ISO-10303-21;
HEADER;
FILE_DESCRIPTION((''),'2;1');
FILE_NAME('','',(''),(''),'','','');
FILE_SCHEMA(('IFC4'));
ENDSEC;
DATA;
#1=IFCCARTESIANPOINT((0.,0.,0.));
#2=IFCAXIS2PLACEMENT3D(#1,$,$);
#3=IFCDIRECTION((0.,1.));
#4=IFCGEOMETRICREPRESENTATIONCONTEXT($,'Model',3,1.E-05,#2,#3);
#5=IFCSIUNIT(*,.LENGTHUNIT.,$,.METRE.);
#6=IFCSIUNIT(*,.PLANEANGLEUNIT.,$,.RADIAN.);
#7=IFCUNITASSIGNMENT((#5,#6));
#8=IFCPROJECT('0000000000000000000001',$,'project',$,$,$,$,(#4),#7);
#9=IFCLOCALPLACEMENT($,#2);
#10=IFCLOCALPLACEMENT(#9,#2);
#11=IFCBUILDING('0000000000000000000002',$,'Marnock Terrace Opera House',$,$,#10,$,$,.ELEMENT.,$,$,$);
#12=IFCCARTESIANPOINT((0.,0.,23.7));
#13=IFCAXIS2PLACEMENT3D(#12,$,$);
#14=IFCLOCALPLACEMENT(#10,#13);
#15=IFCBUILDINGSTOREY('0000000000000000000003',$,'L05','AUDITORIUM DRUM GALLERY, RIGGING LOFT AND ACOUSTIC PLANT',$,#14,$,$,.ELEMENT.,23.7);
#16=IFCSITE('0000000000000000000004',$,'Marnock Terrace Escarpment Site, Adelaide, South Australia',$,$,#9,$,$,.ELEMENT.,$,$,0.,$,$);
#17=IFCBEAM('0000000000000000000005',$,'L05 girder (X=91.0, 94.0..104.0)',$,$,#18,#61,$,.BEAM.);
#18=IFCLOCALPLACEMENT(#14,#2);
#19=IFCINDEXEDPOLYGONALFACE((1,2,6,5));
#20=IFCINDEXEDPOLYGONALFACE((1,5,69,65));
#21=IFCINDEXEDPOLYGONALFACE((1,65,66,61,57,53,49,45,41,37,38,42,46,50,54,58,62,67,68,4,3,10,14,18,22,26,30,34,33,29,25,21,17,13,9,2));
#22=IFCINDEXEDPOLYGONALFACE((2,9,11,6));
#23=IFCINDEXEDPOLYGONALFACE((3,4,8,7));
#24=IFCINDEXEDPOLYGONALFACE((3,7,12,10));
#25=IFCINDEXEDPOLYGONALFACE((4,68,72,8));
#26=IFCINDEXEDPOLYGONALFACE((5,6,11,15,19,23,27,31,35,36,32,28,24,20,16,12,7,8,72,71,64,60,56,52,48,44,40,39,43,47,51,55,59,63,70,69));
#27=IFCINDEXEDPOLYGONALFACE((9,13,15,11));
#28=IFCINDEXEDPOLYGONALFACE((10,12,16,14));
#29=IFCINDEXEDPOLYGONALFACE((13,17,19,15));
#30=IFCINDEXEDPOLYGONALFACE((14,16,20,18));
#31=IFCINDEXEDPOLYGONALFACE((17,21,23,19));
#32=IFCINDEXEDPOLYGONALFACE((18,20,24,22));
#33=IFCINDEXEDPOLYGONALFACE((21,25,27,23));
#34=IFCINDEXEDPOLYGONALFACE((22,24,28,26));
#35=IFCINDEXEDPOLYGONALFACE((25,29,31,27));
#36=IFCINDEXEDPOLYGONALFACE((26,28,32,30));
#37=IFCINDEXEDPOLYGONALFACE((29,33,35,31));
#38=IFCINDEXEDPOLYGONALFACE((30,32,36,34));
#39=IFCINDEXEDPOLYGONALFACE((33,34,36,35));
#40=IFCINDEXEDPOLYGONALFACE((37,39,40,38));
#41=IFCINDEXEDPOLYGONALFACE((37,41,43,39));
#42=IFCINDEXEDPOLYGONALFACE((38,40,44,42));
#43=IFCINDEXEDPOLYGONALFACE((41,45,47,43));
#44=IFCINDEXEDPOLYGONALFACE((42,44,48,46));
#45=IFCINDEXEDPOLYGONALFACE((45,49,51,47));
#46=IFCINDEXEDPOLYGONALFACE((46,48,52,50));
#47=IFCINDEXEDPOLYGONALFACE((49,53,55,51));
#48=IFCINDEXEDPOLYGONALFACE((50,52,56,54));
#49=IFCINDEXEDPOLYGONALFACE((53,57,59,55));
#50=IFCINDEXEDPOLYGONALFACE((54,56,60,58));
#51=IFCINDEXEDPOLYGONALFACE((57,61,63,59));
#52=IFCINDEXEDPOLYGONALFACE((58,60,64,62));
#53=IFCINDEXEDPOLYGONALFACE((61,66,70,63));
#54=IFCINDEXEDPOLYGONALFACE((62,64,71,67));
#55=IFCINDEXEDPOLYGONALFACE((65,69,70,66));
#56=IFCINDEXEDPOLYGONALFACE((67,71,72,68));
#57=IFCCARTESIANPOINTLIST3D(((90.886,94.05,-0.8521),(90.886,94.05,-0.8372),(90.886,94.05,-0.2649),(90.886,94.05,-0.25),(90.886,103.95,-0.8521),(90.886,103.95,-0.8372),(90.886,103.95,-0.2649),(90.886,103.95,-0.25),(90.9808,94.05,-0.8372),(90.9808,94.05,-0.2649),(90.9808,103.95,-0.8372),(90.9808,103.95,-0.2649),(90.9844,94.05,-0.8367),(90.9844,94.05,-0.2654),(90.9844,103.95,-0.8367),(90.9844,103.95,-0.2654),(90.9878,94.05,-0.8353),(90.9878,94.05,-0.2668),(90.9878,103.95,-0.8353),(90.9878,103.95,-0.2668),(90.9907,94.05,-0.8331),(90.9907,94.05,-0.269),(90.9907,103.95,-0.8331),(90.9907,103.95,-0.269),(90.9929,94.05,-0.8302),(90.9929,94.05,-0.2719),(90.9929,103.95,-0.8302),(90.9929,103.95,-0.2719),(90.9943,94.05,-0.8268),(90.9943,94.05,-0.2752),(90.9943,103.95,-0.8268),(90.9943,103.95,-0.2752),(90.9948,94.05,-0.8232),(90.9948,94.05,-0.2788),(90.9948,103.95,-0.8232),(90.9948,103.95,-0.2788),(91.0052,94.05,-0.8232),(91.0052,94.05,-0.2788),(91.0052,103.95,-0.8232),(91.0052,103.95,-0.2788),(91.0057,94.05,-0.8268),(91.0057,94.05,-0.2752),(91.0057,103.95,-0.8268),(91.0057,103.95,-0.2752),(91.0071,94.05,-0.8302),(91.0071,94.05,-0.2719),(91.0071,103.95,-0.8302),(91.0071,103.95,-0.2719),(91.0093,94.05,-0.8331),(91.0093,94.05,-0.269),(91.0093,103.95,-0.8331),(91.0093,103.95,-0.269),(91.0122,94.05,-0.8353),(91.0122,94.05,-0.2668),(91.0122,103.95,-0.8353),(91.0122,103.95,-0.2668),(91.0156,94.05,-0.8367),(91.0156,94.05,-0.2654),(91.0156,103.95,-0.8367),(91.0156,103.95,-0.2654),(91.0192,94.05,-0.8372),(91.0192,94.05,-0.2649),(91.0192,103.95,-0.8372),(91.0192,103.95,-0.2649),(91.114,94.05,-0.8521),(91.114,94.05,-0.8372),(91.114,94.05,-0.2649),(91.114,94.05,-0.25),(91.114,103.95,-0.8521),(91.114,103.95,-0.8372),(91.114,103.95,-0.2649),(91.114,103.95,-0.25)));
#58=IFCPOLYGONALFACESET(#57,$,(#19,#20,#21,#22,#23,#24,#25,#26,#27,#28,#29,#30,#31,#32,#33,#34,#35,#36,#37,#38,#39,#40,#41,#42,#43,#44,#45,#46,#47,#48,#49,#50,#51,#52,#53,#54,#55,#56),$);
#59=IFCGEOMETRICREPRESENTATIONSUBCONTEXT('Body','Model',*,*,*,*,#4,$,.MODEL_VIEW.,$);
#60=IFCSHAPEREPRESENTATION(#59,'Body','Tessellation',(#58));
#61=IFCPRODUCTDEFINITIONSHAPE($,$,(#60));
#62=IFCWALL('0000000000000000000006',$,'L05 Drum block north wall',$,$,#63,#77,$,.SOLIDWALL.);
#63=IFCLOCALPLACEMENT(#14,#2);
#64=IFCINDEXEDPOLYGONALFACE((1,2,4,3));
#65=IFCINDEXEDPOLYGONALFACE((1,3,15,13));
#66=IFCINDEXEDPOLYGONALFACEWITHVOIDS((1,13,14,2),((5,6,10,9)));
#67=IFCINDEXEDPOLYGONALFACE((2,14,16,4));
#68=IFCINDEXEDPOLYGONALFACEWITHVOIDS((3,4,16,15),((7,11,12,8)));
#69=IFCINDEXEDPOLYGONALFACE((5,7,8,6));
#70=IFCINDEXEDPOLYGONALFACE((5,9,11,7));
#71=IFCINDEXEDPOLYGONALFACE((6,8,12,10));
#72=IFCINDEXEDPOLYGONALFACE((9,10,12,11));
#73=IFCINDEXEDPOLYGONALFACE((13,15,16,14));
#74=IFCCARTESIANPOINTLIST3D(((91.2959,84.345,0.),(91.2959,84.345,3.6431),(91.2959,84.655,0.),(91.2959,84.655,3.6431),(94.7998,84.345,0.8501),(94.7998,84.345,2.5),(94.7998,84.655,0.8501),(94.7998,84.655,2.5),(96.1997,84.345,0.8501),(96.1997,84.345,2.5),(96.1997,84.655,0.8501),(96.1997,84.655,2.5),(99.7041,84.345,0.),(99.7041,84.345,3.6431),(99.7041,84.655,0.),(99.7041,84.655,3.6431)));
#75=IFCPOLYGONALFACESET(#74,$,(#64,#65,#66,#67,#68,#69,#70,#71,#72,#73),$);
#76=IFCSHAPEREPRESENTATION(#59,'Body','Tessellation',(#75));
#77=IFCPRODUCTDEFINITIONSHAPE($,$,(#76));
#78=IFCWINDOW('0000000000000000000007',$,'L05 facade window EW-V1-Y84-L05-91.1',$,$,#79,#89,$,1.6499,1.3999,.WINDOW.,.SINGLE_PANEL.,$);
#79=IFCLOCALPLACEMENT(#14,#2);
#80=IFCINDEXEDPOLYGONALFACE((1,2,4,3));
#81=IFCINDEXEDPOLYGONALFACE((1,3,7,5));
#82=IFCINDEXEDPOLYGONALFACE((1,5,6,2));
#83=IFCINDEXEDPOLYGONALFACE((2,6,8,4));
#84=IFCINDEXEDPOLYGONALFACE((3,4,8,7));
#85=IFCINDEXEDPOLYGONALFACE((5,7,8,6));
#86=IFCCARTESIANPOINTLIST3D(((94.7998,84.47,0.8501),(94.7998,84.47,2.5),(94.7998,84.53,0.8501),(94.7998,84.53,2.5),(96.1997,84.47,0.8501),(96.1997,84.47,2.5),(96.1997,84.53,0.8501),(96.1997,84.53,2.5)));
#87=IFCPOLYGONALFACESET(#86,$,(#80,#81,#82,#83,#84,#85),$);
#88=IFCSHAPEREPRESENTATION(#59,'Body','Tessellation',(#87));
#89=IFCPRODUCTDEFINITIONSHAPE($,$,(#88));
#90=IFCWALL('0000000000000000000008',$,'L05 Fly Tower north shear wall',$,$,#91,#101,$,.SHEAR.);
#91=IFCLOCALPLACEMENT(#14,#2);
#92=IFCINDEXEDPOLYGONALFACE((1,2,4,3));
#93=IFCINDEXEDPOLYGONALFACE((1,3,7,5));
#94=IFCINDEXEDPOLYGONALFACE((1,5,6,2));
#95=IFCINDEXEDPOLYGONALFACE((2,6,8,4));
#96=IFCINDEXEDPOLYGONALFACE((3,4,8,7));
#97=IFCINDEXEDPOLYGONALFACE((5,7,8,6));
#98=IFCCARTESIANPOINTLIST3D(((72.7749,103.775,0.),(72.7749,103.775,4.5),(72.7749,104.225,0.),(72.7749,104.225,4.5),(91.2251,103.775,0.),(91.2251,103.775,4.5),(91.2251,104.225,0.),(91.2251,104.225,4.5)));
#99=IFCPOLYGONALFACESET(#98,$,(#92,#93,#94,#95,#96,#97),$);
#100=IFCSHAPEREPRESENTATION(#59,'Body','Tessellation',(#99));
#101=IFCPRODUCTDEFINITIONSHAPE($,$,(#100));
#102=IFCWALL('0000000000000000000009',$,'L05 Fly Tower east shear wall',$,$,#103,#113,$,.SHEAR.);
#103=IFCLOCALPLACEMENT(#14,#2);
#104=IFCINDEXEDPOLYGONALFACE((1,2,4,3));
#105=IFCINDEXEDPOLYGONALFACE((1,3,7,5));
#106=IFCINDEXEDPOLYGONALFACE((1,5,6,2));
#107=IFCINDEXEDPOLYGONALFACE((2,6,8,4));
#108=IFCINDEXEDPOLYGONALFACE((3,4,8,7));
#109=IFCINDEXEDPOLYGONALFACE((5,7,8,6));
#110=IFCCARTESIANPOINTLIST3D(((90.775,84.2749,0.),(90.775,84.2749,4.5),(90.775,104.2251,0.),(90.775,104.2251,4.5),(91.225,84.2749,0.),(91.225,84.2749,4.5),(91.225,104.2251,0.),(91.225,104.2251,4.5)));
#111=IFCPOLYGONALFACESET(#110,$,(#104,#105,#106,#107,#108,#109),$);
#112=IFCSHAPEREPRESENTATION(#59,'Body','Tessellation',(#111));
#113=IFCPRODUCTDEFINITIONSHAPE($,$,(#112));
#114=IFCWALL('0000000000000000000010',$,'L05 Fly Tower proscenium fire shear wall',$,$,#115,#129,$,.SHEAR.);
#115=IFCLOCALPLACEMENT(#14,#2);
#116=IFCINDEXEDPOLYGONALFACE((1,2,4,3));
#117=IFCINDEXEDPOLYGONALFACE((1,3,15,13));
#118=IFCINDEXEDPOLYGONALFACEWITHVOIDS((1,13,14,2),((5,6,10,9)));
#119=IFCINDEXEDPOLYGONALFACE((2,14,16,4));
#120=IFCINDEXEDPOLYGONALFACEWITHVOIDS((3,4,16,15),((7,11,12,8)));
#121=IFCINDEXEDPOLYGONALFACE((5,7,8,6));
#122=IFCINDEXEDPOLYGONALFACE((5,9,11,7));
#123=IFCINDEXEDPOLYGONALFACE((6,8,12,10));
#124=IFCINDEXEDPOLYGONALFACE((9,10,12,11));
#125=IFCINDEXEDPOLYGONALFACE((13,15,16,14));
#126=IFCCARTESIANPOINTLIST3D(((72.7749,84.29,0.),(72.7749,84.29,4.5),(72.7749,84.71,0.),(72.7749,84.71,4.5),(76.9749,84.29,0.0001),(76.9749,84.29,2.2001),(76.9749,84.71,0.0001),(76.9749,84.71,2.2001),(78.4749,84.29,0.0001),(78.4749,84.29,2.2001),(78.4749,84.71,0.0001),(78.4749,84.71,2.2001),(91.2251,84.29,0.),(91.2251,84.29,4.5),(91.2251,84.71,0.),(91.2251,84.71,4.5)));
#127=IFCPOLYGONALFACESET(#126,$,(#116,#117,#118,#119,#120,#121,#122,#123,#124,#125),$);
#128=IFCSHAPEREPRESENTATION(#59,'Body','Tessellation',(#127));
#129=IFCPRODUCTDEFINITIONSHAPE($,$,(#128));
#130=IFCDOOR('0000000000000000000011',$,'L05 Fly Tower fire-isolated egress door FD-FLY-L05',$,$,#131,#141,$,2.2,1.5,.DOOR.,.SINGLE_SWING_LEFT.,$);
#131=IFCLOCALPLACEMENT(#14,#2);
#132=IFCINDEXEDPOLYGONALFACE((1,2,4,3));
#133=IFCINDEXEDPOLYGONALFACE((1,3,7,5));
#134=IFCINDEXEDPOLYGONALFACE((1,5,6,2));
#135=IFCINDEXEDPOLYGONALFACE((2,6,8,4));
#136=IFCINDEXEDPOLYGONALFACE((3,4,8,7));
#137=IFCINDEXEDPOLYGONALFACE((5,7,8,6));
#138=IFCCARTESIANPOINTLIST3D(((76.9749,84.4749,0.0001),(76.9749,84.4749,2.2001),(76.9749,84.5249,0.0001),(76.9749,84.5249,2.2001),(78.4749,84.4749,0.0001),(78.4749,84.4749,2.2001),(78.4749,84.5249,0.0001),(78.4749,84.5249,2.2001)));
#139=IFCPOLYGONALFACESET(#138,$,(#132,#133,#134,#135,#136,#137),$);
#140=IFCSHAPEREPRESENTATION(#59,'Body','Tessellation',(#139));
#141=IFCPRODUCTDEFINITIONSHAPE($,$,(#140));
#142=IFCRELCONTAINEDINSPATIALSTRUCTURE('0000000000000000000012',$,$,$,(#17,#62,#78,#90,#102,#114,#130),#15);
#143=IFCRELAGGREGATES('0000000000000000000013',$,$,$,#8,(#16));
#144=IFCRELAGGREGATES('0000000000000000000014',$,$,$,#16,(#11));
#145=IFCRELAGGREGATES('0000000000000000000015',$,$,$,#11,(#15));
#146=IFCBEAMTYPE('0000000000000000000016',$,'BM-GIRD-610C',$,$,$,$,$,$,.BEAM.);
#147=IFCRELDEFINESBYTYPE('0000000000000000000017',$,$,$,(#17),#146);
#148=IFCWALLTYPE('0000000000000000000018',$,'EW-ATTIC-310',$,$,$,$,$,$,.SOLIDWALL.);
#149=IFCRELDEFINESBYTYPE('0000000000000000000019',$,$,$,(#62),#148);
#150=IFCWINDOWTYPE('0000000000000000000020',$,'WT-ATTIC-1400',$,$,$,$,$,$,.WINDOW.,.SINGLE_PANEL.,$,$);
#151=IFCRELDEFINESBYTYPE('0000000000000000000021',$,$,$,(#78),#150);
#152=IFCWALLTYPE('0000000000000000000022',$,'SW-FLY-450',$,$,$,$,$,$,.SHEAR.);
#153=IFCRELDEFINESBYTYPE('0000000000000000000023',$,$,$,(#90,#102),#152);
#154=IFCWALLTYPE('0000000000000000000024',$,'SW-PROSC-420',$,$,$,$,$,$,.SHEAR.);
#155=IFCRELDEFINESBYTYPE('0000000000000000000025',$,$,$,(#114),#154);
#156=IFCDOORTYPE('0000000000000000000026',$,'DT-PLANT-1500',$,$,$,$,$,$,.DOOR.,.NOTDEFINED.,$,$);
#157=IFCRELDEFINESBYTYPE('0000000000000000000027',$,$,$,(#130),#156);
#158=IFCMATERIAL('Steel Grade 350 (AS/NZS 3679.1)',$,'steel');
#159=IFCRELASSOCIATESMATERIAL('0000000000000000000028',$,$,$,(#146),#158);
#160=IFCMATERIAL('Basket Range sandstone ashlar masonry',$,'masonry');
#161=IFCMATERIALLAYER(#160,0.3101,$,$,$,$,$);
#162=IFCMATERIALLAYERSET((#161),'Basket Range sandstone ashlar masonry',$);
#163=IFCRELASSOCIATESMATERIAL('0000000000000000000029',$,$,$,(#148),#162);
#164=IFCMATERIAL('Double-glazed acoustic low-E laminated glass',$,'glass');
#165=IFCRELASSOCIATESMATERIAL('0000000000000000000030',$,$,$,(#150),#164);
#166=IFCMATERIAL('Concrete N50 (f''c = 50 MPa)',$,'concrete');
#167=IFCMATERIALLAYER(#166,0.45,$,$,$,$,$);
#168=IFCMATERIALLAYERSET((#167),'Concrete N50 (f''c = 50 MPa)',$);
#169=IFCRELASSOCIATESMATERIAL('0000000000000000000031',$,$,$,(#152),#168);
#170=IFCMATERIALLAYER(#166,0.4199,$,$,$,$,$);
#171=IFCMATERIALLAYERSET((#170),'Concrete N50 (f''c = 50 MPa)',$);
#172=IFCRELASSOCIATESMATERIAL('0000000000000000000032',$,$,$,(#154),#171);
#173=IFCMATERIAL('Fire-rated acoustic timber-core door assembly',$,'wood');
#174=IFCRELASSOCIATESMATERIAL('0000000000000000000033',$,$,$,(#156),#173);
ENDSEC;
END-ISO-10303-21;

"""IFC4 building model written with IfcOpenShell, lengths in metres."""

from ifc_helpers import new_model, si_unit, direction, frame, frame_2d, origin, origin_2d, place, context, subcontext, project, spatial, rectangle, i_section, extrude, material, layer, layer_set, material_profile, profile_set, type_object, element, fill, save


model = new_model("IFC4")

# Units and contexts
model_context = context("Model", 3, precision=1e-05, world=origin(), true_north=direction((0.0, 1.0)))
body_context = subcontext(model_context, "Body", "Model", "MODEL_VIEW")
ifc_project = project(units=[si_unit("LENGTHUNIT", "METRE"), si_unit("PLANEANGLEUNIT", "RADIAN")], contexts=[model_context])

# Site, building, storey
site_placement = place(None, origin())
site = spatial("IfcSite", under=ifc_project, at=site_placement, Name="Marnock Terrace Escarpment Site, Adelaide, South Australia", CompositionType="ELEMENT", RefElevation=0.0)
building_placement = place(site_placement, origin())
building = spatial("IfcBuilding", under=site, at=building_placement, Name="Marnock Terrace Opera House", CompositionType="ELEMENT")
storey_placement = place(building_placement, frame((0.0, 0.0, 23.7)))
storey = spatial("IfcBuildingStorey", under=building, at=storey_placement, Name="L05", Description="AUDITORIUM DRUM GALLERY, RIGGING LOFT AND ACOUSTIC PLANT", CompositionType="ELEMENT", Elevation=23.7)

# Beam
ifc_material_1 = material(Name="Steel Grade 350 (AS/NZS 3679.1)", Category="steel")
ifc_material_profile_1 = material_profile(ifc_material_1, i_section(OverallWidth=0.228, OverallDepth=0.6021, WebThickness=0.0105, FlangeThickness=0.0149, FilletRadius=0.0139, at=origin_2d()))
ifc_profile_set_1 = profile_set([ifc_material_profile_1], Name="Steel Grade 350 (AS/NZS 3679.1)")
beam_type_1 = type_object("IfcBeamType", Name="BM-GIRD-610C", PredefinedType="BEAM", material=ifc_profile_set_1)
beam_1_placement = place(storey_placement, frame((91.0, 94.05, -0.551), z_axis=(0.0, 1.0, 0.0), x_axis=(-1.0, 0.0, 0.0)))
element("IfcBeam", 1, at=beam_1_placement, inside=storey, type_object=beam_type_1, Name="L05 girder (X=91.0, 94.0..104.0)", PredefinedType="BEAM", context=body_context, shape_type="SweptSolid", body=[
    extrude(i_section(OverallWidth=0.228, OverallDepth=0.6021, WebThickness=0.0105, FlangeThickness=0.0149, FilletRadius=0.0139, at=origin_2d()), origin(), (0.0, 0.0, 1.0), 9.8999),
])

# Wall, opening, window
ifc_material_2 = material(Name="Basket Range sandstone ashlar masonry", Category="masonry")
ifc_layer_1 = layer(ifc_material_2, 0.3101)
ifc_layer_set_1 = layer_set([ifc_layer_1], Name="Basket Range sandstone ashlar masonry")
wall_type_1 = type_object("IfcWallType", Name="EW-ATTIC-310", PredefinedType="SOLIDWALL", material=ifc_layer_set_1)
wall_1_placement = place(storey_placement, frame((91.2959, 84.5, 0.0), z_axis=(0.0, 0.0, 1.0), x_axis=(1.0, 0.0, 0.0)))
wall_1 = element("IfcWall", 2, at=wall_1_placement, inside=storey, type_object=wall_type_1, Name="L05 Drum block north wall", PredefinedType="SOLIDWALL", context=body_context, shape_type="SweptSolid", body=[
    extrude(rectangle(XDim=8.4082, YDim=0.3101, at=frame_2d((4.2041, 0.0))), origin(), (0.0, 0.0, 1.0), 3.6431),
])
opening_1_placement = place(wall_1_placement, frame((3.5039, 0.0, 0.8501)))
opening_1 = element("IfcOpeningElement", 3, at=opening_1_placement, cuts=wall_1, PredefinedType="OPENING", context=body_context, shape_type="SweptSolid", body=[
    extrude(rectangle(XDim=1.3999, YDim=1.6499, at=frame_2d((0.7, 0.825))), frame((0.0, 0.165, 0.0), z_axis=(0.0, -1.0, 0.0), x_axis=(1.0, 0.0, 0.0)), (0.0, 0.0, 1.0), 0.3301),
])
ifc_material_3 = material(Name="Double-glazed acoustic low-E laminated glass", Category="glass")
window_type = type_object("IfcWindowType", Name="WT-ATTIC-1400", PartitioningType="SINGLE_PANEL", PredefinedType="WINDOW", material=ifc_material_3)
window_placement = place(opening_1_placement, origin())
window = element("IfcWindow", 4, at=window_placement, inside=storey, type_object=window_type, Name="L05 facade window EW-V1-Y84-L05-91.1", OverallHeight=1.6499, OverallWidth=1.3999, PartitioningType="SINGLE_PANEL", PredefinedType="WINDOW", context=body_context, shape_type="SweptSolid", body=[
    extrude(rectangle(XDim=1.3999, YDim=1.6499, at=frame_2d((0.7, 0.825))), frame((0.0, 0.03, 0.0), z_axis=(0.0, -1.0, 0.0), x_axis=(1.0, 0.0, 0.0)), (0.0, 0.0, 1.0), 0.0601),
])
fill(opening_1, window)

# Walls
ifc_material_4 = material(Name="Concrete N50 (f'c = 50 MPa)", Category="concrete")
ifc_layer_2 = layer(ifc_material_4, 0.45)
ifc_layer_set_2 = layer_set([ifc_layer_2], Name="Concrete N50 (f'c = 50 MPa)")
wall_type_2 = type_object("IfcWallType", Name="SW-FLY-450", PredefinedType="SHEAR", material=ifc_layer_set_2)
wall_2_placement = place(storey_placement, frame((72.7749, 104.0, 0.0), z_axis=(0.0, 0.0, 1.0), x_axis=(1.0, 0.0, 0.0)))
element("IfcWall", 5, at=wall_2_placement, inside=storey, type_object=wall_type_2, Name="L05 Fly Tower north shear wall", PredefinedType="SHEAR", context=body_context, shape_type="SweptSolid", body=[
    extrude(rectangle(XDim=18.4502, YDim=0.45, at=frame_2d((9.2251, 0.0))), origin(), (0.0, 0.0, 1.0), 4.5),
])
wall_3_placement = place(storey_placement, frame((91.0, 84.2749, 0.0), z_axis=(0.0, 0.0, 1.0), x_axis=(0.0, 1.0, 0.0)))
element("IfcWall", 6, at=wall_3_placement, inside=storey, type_object=wall_type_2, Name="L05 Fly Tower east shear wall", PredefinedType="SHEAR", context=body_context, shape_type="SweptSolid", body=[
    extrude(rectangle(XDim=19.9502, YDim=0.45, at=frame_2d((9.9751, 0.0))), origin(), (0.0, 0.0, 1.0), 4.5),
])

# Wall, opening, door
ifc_layer_3 = layer(ifc_material_4, 0.4199)
ifc_layer_set_3 = layer_set([ifc_layer_3], Name="Concrete N50 (f'c = 50 MPa)")
wall_type_3 = type_object("IfcWallType", Name="SW-PROSC-420", PredefinedType="SHEAR", material=ifc_layer_set_3)
wall_4_placement = place(storey_placement, frame((72.7749, 84.5, 0.0), z_axis=(0.0, 0.0, 1.0), x_axis=(1.0, 0.0, 0.0)))
wall_4 = element("IfcWall", 7, at=wall_4_placement, inside=storey, type_object=wall_type_3, Name="L05 Fly Tower proscenium fire shear wall", PredefinedType="SHEAR", context=body_context, shape_type="SweptSolid", body=[
    extrude(rectangle(XDim=18.4502, YDim=0.4199, at=frame_2d((9.2251, 0.0))), origin(), (0.0, 0.0, 1.0), 4.5),
])
opening_2_placement = place(wall_4_placement, frame((4.2, 0.0, 0.0)))
opening_2 = element("IfcOpeningElement", 8, at=opening_2_placement, cuts=wall_4, PredefinedType="OPENING", context=body_context, shape_type="SweptSolid", body=[
    extrude(rectangle(XDim=1.5, YDim=2.2, at=frame_2d((0.75, 1.1001))), frame((0.0, 0.22, 0.0), z_axis=(0.0, -1.0, 0.0), x_axis=(1.0, 0.0, 0.0)), (0.0, 0.0, 1.0), 0.4399),
])
ifc_material_5 = material(Name="Fire-rated acoustic timber-core door assembly", Category="wood")
door_type = type_object("IfcDoorType", Name="DT-PLANT-1500", OperationType="NOTDEFINED", PredefinedType="DOOR", material=ifc_material_5)
door_placement = place(opening_2_placement, origin())
door = element("IfcDoor", 9, at=door_placement, inside=storey, type_object=door_type, Name="L05 Fly Tower fire-isolated egress door FD-FLY-L05", OperationType="SINGLE_SWING_LEFT", OverallHeight=2.2, OverallWidth=1.5, PredefinedType="DOOR", context=body_context, shape_type="SweptSolid", body=[
    extrude(rectangle(XDim=1.5, YDim=2.2, at=frame_2d((0.75, 1.1001))), frame((0.0, 0.0249, 0.0), z_axis=(0.0, -1.0, 0.0), x_axis=(1.0, 0.0, 0.0)), (0.0, 0.0, 1.0), 0.05),
])
fill(opening_2, door)

save(model, "model.ifc")
